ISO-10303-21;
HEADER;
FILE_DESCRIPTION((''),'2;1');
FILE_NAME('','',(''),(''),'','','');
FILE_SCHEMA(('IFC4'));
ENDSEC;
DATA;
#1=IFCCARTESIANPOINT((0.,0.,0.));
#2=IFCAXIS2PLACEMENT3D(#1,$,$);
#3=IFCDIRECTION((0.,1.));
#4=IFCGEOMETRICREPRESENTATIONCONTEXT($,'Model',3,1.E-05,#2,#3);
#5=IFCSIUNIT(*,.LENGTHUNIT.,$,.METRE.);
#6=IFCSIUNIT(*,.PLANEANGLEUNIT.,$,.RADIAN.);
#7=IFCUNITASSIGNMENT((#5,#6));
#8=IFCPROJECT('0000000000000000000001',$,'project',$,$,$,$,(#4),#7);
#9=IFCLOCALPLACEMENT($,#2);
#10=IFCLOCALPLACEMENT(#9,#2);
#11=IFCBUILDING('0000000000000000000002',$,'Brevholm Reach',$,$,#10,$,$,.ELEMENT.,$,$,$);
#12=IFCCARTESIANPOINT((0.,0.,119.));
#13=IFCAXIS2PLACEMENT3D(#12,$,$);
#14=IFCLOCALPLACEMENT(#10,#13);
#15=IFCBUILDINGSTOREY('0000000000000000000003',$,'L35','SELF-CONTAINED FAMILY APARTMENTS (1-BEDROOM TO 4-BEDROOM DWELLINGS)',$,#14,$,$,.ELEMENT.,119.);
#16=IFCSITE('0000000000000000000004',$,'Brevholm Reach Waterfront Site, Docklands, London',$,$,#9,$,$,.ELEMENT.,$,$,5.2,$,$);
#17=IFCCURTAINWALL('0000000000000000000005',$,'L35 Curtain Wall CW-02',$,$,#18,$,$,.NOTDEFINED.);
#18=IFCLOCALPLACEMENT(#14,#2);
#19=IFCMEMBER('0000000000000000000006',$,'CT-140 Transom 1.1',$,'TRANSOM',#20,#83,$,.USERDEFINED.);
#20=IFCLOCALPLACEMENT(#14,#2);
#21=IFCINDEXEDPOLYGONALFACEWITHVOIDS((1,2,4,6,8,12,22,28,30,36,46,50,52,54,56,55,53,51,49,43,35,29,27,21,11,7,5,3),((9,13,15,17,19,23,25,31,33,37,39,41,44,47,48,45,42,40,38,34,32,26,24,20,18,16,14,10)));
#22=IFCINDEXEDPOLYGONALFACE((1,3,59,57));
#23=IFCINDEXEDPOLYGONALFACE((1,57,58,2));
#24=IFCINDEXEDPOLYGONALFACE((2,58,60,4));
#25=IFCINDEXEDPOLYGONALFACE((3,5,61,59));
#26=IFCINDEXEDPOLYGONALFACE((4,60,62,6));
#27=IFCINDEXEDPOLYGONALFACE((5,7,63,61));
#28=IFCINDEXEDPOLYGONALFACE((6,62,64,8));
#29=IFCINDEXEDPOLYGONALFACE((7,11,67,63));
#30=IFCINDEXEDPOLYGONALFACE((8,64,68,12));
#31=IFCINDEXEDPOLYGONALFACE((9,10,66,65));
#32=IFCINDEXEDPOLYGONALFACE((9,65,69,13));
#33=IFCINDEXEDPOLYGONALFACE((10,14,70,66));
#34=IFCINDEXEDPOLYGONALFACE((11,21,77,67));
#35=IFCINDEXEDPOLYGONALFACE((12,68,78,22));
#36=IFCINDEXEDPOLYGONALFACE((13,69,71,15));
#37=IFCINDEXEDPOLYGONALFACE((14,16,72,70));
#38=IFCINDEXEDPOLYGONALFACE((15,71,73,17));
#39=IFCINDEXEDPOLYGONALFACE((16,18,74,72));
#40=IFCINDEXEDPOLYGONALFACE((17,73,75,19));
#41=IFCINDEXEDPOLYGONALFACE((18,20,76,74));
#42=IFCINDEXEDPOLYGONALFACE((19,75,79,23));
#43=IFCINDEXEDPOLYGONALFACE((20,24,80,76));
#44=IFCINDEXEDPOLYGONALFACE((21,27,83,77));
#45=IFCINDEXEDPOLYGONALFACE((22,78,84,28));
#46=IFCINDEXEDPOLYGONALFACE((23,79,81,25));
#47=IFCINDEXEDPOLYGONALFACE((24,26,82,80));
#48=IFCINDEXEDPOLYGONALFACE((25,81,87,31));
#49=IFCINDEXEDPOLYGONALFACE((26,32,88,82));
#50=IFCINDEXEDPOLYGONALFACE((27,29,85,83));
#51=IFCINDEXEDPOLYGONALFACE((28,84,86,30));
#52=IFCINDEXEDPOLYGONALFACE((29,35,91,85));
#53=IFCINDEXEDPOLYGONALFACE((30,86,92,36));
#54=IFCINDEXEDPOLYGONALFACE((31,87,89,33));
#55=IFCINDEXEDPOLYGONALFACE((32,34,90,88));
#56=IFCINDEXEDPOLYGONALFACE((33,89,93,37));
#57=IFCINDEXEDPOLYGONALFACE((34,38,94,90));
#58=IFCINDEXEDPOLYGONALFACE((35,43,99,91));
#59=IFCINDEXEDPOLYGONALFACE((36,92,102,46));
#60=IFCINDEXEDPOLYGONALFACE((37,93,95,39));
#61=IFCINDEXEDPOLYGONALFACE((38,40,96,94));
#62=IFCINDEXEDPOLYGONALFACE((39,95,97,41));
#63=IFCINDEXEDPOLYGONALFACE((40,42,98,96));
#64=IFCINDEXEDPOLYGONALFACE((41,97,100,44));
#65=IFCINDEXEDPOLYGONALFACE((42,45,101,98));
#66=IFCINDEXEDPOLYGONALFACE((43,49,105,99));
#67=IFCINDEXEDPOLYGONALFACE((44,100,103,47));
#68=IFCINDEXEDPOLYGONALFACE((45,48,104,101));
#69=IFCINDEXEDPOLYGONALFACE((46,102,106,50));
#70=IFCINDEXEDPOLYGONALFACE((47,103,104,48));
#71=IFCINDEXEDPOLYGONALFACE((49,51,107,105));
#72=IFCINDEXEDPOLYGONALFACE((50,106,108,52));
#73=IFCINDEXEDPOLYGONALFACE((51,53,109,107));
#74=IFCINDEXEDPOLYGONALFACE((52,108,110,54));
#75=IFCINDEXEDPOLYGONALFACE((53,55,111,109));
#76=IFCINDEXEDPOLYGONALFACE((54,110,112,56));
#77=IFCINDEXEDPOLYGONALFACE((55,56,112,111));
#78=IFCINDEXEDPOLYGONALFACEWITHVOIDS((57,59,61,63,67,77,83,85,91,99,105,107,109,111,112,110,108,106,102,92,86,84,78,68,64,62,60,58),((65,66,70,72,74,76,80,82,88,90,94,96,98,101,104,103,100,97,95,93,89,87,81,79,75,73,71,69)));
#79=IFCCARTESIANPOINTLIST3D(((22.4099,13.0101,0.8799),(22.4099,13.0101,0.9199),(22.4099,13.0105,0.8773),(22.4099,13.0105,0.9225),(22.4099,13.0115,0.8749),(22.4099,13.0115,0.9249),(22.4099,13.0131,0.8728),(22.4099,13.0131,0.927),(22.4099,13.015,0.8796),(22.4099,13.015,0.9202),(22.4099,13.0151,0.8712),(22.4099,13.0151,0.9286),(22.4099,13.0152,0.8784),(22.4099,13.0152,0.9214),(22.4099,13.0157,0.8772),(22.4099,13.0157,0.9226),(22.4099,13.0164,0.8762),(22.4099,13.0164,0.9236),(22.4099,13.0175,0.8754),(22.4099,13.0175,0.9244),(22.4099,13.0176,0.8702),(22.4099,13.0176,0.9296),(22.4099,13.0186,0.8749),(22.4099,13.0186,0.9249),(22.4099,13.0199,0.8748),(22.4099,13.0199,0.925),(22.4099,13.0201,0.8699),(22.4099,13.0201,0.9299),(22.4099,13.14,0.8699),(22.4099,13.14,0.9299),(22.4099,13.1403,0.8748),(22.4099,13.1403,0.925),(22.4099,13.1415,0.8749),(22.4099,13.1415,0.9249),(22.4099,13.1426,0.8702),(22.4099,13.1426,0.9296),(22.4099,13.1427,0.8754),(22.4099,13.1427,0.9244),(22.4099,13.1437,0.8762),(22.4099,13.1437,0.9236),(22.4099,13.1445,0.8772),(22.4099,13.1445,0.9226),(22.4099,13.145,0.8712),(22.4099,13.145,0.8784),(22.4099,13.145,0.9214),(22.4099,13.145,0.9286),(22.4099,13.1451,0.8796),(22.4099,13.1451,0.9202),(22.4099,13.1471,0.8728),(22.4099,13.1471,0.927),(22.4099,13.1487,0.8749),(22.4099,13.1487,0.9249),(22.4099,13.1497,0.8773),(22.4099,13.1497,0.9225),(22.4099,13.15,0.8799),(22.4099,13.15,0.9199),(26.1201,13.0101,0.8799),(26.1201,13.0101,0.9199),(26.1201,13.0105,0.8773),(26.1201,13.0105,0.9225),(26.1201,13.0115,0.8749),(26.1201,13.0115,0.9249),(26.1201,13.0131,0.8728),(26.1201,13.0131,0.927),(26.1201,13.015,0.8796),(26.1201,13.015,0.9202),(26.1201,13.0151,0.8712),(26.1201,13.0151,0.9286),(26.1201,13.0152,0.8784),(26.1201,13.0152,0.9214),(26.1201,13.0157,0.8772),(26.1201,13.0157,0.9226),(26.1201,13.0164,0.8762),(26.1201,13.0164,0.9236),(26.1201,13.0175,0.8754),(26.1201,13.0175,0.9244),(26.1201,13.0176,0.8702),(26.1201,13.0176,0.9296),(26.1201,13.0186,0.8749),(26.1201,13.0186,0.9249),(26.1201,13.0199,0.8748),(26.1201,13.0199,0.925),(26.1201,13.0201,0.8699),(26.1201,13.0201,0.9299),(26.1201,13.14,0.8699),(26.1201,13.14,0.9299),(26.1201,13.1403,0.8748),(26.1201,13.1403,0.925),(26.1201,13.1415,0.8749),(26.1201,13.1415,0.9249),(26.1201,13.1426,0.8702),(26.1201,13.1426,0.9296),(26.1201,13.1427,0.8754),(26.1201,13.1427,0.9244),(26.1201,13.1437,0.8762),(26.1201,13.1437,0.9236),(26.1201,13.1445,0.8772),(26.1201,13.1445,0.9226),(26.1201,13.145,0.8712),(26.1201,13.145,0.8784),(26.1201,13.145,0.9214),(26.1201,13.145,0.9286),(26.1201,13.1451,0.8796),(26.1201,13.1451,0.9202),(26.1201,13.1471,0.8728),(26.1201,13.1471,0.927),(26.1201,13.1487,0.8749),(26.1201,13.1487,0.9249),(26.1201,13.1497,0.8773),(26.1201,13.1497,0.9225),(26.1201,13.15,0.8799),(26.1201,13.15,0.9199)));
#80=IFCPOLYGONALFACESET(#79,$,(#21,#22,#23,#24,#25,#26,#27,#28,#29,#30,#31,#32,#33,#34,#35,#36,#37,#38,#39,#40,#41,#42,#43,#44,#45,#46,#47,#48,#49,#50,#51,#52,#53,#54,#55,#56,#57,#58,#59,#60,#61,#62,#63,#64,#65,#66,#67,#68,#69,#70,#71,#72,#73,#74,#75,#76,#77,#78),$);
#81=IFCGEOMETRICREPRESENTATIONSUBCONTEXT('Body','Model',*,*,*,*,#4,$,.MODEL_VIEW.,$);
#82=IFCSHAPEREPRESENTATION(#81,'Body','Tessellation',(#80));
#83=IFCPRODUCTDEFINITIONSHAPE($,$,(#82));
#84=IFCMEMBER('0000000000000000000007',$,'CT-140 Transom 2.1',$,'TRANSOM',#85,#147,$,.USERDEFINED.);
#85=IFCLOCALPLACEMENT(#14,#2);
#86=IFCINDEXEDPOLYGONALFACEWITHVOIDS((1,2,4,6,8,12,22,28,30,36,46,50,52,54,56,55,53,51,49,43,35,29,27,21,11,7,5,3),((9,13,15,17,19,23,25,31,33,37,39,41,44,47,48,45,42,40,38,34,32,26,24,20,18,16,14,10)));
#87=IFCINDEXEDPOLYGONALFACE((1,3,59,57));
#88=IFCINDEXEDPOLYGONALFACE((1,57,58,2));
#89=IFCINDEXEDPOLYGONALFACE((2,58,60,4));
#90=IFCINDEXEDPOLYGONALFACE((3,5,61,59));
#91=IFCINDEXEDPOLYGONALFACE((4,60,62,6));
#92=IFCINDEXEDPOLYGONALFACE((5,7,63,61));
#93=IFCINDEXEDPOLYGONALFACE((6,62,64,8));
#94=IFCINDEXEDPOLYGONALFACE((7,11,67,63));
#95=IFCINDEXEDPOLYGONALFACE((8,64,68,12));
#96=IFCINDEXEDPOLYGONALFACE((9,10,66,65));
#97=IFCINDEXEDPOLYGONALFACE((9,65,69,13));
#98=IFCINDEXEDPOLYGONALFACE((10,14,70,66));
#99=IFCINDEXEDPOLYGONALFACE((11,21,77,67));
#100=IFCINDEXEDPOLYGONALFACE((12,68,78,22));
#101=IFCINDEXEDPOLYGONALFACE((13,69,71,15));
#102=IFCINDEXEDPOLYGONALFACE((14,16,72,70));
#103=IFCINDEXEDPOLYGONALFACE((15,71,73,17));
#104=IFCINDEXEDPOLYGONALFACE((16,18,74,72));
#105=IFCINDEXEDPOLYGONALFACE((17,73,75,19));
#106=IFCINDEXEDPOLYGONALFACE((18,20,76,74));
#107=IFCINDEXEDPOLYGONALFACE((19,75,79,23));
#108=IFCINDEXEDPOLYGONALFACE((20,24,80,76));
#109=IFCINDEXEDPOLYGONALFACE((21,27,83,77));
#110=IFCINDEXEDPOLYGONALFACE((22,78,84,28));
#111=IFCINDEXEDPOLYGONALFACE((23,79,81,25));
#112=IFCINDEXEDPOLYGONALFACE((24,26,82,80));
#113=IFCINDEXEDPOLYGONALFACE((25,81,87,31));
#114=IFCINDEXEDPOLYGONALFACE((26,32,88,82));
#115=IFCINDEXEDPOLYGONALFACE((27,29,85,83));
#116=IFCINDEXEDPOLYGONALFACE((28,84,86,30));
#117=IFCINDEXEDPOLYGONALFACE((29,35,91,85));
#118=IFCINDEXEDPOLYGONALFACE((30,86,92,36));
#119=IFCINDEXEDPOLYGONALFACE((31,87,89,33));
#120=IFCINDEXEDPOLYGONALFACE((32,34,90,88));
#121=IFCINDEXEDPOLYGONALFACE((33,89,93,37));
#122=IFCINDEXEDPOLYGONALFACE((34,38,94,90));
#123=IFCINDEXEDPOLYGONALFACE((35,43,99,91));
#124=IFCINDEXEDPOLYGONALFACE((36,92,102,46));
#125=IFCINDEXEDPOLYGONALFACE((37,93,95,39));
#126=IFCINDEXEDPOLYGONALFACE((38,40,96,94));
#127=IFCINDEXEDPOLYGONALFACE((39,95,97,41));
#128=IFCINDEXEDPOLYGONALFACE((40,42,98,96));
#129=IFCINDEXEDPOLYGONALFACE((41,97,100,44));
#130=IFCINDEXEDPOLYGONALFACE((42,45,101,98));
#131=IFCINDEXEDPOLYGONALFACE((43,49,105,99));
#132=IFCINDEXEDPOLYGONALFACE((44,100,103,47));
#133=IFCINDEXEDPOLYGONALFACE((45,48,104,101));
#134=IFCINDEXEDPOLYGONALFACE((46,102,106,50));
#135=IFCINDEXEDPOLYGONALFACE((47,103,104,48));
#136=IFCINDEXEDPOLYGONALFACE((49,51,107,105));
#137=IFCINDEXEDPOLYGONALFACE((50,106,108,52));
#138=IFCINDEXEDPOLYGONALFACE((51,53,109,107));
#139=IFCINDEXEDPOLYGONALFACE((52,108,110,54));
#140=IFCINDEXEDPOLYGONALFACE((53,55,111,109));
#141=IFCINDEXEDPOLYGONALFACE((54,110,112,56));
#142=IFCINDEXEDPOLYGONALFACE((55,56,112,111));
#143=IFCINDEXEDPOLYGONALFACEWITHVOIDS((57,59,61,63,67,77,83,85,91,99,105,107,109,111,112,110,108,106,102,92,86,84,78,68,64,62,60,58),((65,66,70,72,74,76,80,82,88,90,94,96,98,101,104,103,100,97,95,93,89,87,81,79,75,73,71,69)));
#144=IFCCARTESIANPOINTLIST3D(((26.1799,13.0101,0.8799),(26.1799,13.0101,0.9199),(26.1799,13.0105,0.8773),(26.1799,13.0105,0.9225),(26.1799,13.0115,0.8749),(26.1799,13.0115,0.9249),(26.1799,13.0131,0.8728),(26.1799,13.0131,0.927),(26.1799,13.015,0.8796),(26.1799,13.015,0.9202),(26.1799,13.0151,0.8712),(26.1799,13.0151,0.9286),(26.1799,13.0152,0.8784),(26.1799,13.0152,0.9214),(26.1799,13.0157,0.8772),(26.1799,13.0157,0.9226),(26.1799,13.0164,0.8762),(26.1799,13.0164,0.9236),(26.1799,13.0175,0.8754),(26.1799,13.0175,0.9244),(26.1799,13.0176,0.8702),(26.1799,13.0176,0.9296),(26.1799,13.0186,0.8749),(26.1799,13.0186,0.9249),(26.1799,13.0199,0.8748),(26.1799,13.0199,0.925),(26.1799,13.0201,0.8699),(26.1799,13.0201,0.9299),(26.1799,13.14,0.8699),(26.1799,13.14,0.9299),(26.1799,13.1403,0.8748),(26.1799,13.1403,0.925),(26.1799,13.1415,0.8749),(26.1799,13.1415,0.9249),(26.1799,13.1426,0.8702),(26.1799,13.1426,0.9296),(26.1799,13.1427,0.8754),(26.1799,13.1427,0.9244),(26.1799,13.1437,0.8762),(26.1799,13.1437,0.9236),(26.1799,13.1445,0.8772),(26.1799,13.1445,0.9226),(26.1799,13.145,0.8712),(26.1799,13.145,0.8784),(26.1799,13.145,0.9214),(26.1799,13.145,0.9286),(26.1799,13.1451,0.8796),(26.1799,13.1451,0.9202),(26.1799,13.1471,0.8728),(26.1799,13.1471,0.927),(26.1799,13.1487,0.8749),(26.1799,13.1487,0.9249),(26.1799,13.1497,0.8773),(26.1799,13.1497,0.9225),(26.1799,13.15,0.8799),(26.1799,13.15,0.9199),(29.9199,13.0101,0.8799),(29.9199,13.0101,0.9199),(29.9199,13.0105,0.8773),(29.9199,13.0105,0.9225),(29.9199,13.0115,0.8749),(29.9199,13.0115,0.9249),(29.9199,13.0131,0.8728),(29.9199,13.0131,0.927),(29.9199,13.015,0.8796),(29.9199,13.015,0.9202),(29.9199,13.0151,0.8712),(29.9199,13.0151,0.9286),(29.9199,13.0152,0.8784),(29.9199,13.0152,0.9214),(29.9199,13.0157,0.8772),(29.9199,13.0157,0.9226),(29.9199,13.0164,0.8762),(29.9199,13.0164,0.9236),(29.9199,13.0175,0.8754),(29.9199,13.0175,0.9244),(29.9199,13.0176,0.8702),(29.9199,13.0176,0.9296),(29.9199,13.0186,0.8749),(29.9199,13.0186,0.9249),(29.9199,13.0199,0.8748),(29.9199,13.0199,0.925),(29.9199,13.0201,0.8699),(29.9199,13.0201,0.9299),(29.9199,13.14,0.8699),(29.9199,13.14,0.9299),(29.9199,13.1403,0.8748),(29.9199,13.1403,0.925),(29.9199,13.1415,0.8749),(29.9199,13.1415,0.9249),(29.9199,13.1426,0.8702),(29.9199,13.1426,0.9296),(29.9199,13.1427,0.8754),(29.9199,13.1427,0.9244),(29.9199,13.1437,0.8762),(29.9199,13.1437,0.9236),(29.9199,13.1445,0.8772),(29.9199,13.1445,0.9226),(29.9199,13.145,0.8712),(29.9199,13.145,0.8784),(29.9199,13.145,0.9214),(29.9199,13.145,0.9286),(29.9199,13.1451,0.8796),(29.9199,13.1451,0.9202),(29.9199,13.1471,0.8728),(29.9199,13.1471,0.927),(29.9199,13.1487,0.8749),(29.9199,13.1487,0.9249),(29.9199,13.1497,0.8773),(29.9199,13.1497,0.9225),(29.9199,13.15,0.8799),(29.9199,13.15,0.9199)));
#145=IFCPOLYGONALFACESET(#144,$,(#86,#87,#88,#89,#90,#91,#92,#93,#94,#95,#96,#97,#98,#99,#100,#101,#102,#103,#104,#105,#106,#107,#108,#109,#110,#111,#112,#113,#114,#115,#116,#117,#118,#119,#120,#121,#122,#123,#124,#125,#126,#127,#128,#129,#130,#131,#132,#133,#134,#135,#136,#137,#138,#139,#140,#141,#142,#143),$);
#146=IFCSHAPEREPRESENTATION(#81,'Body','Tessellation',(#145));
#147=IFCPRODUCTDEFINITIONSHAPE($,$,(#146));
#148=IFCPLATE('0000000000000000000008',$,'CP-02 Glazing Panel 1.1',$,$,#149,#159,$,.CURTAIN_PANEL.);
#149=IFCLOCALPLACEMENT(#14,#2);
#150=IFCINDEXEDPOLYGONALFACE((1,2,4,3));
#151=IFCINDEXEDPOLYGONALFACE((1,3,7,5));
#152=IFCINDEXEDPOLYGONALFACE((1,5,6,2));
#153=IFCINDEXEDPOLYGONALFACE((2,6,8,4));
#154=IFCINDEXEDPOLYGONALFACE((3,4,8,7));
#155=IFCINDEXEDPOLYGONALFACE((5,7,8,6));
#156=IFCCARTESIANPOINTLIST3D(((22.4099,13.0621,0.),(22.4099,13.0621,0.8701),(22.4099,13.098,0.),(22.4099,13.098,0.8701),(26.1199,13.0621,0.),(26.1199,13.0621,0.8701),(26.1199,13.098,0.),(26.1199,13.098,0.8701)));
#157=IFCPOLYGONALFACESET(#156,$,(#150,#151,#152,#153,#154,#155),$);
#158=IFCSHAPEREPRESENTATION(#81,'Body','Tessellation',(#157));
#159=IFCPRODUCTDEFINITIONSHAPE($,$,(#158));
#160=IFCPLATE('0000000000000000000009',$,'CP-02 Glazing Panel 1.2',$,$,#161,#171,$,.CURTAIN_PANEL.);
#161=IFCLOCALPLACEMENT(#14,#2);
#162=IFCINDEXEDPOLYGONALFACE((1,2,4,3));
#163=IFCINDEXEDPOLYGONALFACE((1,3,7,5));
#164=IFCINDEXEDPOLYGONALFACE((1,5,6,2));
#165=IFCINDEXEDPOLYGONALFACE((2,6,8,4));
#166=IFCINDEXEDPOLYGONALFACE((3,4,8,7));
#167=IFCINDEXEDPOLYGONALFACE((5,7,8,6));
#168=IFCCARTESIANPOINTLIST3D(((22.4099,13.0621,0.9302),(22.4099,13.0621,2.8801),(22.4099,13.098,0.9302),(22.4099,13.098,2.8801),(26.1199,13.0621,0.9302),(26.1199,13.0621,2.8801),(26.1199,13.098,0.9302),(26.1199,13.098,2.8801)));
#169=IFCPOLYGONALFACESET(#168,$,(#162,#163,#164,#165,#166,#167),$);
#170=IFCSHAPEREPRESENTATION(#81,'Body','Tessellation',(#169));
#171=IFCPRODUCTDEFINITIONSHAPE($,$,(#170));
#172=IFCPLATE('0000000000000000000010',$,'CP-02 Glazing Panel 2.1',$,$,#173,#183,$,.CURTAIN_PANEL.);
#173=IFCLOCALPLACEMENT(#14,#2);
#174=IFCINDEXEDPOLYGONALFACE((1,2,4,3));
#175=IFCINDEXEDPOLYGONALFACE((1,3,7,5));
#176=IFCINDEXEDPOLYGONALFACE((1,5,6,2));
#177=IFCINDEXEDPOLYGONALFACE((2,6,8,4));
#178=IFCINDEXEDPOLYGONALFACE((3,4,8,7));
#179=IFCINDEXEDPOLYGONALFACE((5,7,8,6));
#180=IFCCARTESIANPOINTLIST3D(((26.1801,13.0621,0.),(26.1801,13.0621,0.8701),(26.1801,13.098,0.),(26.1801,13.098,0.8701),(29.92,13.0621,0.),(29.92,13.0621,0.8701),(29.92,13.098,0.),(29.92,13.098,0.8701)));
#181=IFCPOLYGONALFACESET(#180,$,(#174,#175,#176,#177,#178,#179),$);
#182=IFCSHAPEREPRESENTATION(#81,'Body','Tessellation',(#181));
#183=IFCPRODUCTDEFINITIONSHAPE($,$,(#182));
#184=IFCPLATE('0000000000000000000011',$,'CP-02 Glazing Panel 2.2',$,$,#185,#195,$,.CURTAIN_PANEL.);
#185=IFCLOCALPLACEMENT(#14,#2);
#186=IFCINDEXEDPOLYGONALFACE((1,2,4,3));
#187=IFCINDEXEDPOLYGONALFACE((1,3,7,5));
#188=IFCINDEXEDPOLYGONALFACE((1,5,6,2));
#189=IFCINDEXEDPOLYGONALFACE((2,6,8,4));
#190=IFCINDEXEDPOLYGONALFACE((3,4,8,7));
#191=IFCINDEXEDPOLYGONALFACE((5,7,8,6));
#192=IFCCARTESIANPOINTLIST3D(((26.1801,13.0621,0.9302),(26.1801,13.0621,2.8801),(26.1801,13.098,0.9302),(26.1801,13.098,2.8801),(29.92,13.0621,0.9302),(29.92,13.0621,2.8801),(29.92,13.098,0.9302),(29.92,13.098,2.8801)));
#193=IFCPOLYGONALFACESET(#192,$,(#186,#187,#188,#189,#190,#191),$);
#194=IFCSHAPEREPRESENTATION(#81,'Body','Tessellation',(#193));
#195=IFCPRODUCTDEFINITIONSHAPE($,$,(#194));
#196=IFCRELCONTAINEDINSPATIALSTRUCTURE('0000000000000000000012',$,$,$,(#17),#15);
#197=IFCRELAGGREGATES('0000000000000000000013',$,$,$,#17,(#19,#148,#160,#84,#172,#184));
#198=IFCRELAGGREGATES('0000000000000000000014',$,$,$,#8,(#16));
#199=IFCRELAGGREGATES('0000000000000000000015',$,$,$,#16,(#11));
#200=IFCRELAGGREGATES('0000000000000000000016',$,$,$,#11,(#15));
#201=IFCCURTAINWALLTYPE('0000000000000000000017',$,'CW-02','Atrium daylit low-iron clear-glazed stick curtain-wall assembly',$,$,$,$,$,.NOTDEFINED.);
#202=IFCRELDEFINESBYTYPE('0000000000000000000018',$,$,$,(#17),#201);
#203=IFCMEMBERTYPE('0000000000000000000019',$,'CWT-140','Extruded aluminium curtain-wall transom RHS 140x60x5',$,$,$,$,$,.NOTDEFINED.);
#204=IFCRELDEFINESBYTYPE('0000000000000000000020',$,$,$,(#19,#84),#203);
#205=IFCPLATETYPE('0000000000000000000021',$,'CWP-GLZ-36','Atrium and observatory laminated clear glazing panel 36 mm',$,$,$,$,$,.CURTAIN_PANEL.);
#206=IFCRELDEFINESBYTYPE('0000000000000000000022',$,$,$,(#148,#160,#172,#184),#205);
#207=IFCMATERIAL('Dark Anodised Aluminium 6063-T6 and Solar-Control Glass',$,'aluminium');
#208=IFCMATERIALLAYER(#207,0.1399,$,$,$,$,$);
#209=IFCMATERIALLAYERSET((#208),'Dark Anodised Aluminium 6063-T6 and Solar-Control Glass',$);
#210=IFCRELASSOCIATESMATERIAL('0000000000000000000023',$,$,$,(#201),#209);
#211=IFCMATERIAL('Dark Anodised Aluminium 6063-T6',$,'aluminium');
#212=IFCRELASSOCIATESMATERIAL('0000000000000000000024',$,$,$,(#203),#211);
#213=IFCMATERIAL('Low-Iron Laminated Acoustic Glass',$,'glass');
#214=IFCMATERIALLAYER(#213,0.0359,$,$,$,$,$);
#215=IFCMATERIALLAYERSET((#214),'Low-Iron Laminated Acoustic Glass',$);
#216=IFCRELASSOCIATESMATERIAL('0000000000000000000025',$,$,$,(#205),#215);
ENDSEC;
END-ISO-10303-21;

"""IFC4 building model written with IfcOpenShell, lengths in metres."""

from ifc_helpers import new_model, si_unit, direction, frame, origin, origin_2d, place, context, subcontext, project, spatial, rectangle, hollow_rectangle, extrude, material, layer, layer_set, material_profile, profile_set, type_object, element, aggregate, save


model = new_model("IFC4")

# Units and contexts
model_context = context("Model", 3, precision=1e-05, world=origin(), true_north=direction((0.0, 1.0)))
body_context = subcontext(model_context, "Body", "Model", "MODEL_VIEW")
ifc_project = project(units=[si_unit("LENGTHUNIT", "METRE"), si_unit("PLANEANGLEUNIT", "RADIAN")], contexts=[model_context])

# Site, building, storey
site_placement = place(None, origin())
site = spatial("IfcSite", under=ifc_project, at=site_placement, Name="Brevholm Reach Waterfront Site, Docklands, London", CompositionType="ELEMENT", RefElevation=5.2)
building_placement = place(site_placement, origin())
building = spatial("IfcBuilding", under=site, at=building_placement, Name="Brevholm Reach", CompositionType="ELEMENT")
storey_placement = place(building_placement, frame((0.0, 0.0, 119.0)))
storey = spatial("IfcBuildingStorey", under=building, at=storey_placement, Name="L35", Description="SELF-CONTAINED FAMILY APARTMENTS (1-BEDROOM TO 4-BEDROOM DWELLINGS)", CompositionType="ELEMENT", Elevation=119.0)

# Curtain wall, members, plates
ifc_material_1 = material(Name="Dark Anodised Aluminium 6063-T6 and Solar-Control Glass", Category="aluminium")
ifc_layer_1 = layer(ifc_material_1, 0.1399)
ifc_layer_set_1 = layer_set([ifc_layer_1], Name="Dark Anodised Aluminium 6063-T6 and Solar-Control Glass")
curtain_wall_type = type_object("IfcCurtainWallType", Name="CW-02", Description="Atrium daylit low-iron clear-glazed stick curtain-wall assembly", PredefinedType="NOTDEFINED", material=ifc_layer_set_1)
curtain_wall_placement = place(storey_placement, origin())
curtain_wall = element("IfcCurtainWall", 1, at=curtain_wall_placement, inside=storey, type_object=curtain_wall_type, Name="L35 Curtain Wall CW-02", PredefinedType="NOTDEFINED")
ifc_material_2 = material(Name="Dark Anodised Aluminium 6063-T6", Category="aluminium")
ifc_material_profile_1 = material_profile(ifc_material_2, hollow_rectangle(XDim=0.0601, YDim=0.1399, WallThickness=0.0049, InnerFilletRadius=0.0049, OuterFilletRadius=0.01, at=origin_2d()), Name="RHS 140x60x5")
ifc_profile_set_1 = profile_set([ifc_material_profile_1], Name="Dark Anodised Aluminium 6063-T6")
member_type_1 = type_object("IfcMemberType", Name="CWT-140", Description="Extruded aluminium curtain-wall transom RHS 140x60x5", PredefinedType="NOTDEFINED", material=ifc_profile_set_1)
member_1_placement = place(storey_placement, frame((22.4099, 13.0801, 0.8999), z_axis=(1.0, 0.0, 0.0), x_axis=(0.0, 0.0, 1.0)))
member_1 = element("IfcMember", 2, at=member_1_placement, type_object=member_type_1, Name="CT-140 Transom 1.1", ObjectType="TRANSOM", PredefinedType="USERDEFINED", context=body_context, shape_type="SweptSolid", body=[
    extrude(hollow_rectangle(XDim=0.0601, YDim=0.1399, WallThickness=0.0049, InnerFilletRadius=0.0049, OuterFilletRadius=0.01, at=origin_2d()), origin(), (0.0, 0.0, 1.0), 3.7102),
])
member_2_placement = place(storey_placement, frame((26.1799, 13.0801, 0.8999), z_axis=(1.0, 0.0, 0.0), x_axis=(0.0, 0.0, 1.0)))
member_2 = element("IfcMember", 3, at=member_2_placement, type_object=member_type_1, Name="CT-140 Transom 2.1", ObjectType="TRANSOM", PredefinedType="USERDEFINED", context=body_context, shape_type="SweptSolid", body=[
    extrude(hollow_rectangle(XDim=0.0601, YDim=0.1399, WallThickness=0.0049, InnerFilletRadius=0.0049, OuterFilletRadius=0.01, at=origin_2d()), origin(), (0.0, 0.0, 1.0), 3.74),
])
ifc_material_3 = material(Name="Low-Iron Laminated Acoustic Glass", Category="glass")
ifc_layer_2 = layer(ifc_material_3, 0.0359)
ifc_layer_set_2 = layer_set([ifc_layer_2], Name="Low-Iron Laminated Acoustic Glass")
plate_type = type_object("IfcPlateType", Name="CWP-GLZ-36", Description="Atrium and observatory laminated clear glazing panel 36 mm", PredefinedType="CURTAIN_PANEL", material=ifc_layer_set_2)
plate_1_placement = place(storey_placement, frame((24.2649, 13.0801, 0.0), z_axis=(0.0, 0.0, 1.0), x_axis=(1.0, 0.0, 0.0)))
plate_1 = element("IfcPlate", 4, at=plate_1_placement, type_object=plate_type, Name="CP-02 Glazing Panel 1.1", PredefinedType="CURTAIN_PANEL", context=body_context, shape_type="SweptSolid", body=[
    extrude(rectangle(XDim=3.71, YDim=0.0359, at=origin_2d()), origin(), (0.0, 0.0, 1.0), 0.8701),
])
plate_2_placement = place(storey_placement, frame((24.2649, 13.0801, 0.9302), z_axis=(0.0, 0.0, 1.0), x_axis=(1.0, 0.0, 0.0)))
plate_2 = element("IfcPlate", 5, at=plate_2_placement, type_object=plate_type, Name="CP-02 Glazing Panel 1.2", PredefinedType="CURTAIN_PANEL", context=body_context, shape_type="SweptSolid", body=[
    extrude(rectangle(XDim=3.71, YDim=0.0359, at=origin_2d()), origin(), (0.0, 0.0, 1.0), 1.95),
])
plate_3_placement = place(storey_placement, frame((28.05, 13.0801, 0.0), z_axis=(0.0, 0.0, 1.0), x_axis=(1.0, 0.0, 0.0)))
plate_3 = element("IfcPlate", 6, at=plate_3_placement, type_object=plate_type, Name="CP-02 Glazing Panel 2.1", PredefinedType="CURTAIN_PANEL", context=body_context, shape_type="SweptSolid", body=[
    extrude(rectangle(XDim=3.74, YDim=0.0359, at=origin_2d()), origin(), (0.0, 0.0, 1.0), 0.8701),
])
plate_4_placement = place(storey_placement, frame((28.05, 13.0801, 0.9302), z_axis=(0.0, 0.0, 1.0), x_axis=(1.0, 0.0, 0.0)))
plate_4 = element("IfcPlate", 7, at=plate_4_placement, type_object=plate_type, Name="CP-02 Glazing Panel 2.2", PredefinedType="CURTAIN_PANEL", context=body_context, shape_type="SweptSolid", body=[
    extrude(rectangle(XDim=3.74, YDim=0.0359, at=origin_2d()), origin(), (0.0, 0.0, 1.0), 1.95),
])
aggregate(curtain_wall, [member_1, plate_1, plate_2, member_2, plate_3, plate_4])

save(model, "model.ifc")
